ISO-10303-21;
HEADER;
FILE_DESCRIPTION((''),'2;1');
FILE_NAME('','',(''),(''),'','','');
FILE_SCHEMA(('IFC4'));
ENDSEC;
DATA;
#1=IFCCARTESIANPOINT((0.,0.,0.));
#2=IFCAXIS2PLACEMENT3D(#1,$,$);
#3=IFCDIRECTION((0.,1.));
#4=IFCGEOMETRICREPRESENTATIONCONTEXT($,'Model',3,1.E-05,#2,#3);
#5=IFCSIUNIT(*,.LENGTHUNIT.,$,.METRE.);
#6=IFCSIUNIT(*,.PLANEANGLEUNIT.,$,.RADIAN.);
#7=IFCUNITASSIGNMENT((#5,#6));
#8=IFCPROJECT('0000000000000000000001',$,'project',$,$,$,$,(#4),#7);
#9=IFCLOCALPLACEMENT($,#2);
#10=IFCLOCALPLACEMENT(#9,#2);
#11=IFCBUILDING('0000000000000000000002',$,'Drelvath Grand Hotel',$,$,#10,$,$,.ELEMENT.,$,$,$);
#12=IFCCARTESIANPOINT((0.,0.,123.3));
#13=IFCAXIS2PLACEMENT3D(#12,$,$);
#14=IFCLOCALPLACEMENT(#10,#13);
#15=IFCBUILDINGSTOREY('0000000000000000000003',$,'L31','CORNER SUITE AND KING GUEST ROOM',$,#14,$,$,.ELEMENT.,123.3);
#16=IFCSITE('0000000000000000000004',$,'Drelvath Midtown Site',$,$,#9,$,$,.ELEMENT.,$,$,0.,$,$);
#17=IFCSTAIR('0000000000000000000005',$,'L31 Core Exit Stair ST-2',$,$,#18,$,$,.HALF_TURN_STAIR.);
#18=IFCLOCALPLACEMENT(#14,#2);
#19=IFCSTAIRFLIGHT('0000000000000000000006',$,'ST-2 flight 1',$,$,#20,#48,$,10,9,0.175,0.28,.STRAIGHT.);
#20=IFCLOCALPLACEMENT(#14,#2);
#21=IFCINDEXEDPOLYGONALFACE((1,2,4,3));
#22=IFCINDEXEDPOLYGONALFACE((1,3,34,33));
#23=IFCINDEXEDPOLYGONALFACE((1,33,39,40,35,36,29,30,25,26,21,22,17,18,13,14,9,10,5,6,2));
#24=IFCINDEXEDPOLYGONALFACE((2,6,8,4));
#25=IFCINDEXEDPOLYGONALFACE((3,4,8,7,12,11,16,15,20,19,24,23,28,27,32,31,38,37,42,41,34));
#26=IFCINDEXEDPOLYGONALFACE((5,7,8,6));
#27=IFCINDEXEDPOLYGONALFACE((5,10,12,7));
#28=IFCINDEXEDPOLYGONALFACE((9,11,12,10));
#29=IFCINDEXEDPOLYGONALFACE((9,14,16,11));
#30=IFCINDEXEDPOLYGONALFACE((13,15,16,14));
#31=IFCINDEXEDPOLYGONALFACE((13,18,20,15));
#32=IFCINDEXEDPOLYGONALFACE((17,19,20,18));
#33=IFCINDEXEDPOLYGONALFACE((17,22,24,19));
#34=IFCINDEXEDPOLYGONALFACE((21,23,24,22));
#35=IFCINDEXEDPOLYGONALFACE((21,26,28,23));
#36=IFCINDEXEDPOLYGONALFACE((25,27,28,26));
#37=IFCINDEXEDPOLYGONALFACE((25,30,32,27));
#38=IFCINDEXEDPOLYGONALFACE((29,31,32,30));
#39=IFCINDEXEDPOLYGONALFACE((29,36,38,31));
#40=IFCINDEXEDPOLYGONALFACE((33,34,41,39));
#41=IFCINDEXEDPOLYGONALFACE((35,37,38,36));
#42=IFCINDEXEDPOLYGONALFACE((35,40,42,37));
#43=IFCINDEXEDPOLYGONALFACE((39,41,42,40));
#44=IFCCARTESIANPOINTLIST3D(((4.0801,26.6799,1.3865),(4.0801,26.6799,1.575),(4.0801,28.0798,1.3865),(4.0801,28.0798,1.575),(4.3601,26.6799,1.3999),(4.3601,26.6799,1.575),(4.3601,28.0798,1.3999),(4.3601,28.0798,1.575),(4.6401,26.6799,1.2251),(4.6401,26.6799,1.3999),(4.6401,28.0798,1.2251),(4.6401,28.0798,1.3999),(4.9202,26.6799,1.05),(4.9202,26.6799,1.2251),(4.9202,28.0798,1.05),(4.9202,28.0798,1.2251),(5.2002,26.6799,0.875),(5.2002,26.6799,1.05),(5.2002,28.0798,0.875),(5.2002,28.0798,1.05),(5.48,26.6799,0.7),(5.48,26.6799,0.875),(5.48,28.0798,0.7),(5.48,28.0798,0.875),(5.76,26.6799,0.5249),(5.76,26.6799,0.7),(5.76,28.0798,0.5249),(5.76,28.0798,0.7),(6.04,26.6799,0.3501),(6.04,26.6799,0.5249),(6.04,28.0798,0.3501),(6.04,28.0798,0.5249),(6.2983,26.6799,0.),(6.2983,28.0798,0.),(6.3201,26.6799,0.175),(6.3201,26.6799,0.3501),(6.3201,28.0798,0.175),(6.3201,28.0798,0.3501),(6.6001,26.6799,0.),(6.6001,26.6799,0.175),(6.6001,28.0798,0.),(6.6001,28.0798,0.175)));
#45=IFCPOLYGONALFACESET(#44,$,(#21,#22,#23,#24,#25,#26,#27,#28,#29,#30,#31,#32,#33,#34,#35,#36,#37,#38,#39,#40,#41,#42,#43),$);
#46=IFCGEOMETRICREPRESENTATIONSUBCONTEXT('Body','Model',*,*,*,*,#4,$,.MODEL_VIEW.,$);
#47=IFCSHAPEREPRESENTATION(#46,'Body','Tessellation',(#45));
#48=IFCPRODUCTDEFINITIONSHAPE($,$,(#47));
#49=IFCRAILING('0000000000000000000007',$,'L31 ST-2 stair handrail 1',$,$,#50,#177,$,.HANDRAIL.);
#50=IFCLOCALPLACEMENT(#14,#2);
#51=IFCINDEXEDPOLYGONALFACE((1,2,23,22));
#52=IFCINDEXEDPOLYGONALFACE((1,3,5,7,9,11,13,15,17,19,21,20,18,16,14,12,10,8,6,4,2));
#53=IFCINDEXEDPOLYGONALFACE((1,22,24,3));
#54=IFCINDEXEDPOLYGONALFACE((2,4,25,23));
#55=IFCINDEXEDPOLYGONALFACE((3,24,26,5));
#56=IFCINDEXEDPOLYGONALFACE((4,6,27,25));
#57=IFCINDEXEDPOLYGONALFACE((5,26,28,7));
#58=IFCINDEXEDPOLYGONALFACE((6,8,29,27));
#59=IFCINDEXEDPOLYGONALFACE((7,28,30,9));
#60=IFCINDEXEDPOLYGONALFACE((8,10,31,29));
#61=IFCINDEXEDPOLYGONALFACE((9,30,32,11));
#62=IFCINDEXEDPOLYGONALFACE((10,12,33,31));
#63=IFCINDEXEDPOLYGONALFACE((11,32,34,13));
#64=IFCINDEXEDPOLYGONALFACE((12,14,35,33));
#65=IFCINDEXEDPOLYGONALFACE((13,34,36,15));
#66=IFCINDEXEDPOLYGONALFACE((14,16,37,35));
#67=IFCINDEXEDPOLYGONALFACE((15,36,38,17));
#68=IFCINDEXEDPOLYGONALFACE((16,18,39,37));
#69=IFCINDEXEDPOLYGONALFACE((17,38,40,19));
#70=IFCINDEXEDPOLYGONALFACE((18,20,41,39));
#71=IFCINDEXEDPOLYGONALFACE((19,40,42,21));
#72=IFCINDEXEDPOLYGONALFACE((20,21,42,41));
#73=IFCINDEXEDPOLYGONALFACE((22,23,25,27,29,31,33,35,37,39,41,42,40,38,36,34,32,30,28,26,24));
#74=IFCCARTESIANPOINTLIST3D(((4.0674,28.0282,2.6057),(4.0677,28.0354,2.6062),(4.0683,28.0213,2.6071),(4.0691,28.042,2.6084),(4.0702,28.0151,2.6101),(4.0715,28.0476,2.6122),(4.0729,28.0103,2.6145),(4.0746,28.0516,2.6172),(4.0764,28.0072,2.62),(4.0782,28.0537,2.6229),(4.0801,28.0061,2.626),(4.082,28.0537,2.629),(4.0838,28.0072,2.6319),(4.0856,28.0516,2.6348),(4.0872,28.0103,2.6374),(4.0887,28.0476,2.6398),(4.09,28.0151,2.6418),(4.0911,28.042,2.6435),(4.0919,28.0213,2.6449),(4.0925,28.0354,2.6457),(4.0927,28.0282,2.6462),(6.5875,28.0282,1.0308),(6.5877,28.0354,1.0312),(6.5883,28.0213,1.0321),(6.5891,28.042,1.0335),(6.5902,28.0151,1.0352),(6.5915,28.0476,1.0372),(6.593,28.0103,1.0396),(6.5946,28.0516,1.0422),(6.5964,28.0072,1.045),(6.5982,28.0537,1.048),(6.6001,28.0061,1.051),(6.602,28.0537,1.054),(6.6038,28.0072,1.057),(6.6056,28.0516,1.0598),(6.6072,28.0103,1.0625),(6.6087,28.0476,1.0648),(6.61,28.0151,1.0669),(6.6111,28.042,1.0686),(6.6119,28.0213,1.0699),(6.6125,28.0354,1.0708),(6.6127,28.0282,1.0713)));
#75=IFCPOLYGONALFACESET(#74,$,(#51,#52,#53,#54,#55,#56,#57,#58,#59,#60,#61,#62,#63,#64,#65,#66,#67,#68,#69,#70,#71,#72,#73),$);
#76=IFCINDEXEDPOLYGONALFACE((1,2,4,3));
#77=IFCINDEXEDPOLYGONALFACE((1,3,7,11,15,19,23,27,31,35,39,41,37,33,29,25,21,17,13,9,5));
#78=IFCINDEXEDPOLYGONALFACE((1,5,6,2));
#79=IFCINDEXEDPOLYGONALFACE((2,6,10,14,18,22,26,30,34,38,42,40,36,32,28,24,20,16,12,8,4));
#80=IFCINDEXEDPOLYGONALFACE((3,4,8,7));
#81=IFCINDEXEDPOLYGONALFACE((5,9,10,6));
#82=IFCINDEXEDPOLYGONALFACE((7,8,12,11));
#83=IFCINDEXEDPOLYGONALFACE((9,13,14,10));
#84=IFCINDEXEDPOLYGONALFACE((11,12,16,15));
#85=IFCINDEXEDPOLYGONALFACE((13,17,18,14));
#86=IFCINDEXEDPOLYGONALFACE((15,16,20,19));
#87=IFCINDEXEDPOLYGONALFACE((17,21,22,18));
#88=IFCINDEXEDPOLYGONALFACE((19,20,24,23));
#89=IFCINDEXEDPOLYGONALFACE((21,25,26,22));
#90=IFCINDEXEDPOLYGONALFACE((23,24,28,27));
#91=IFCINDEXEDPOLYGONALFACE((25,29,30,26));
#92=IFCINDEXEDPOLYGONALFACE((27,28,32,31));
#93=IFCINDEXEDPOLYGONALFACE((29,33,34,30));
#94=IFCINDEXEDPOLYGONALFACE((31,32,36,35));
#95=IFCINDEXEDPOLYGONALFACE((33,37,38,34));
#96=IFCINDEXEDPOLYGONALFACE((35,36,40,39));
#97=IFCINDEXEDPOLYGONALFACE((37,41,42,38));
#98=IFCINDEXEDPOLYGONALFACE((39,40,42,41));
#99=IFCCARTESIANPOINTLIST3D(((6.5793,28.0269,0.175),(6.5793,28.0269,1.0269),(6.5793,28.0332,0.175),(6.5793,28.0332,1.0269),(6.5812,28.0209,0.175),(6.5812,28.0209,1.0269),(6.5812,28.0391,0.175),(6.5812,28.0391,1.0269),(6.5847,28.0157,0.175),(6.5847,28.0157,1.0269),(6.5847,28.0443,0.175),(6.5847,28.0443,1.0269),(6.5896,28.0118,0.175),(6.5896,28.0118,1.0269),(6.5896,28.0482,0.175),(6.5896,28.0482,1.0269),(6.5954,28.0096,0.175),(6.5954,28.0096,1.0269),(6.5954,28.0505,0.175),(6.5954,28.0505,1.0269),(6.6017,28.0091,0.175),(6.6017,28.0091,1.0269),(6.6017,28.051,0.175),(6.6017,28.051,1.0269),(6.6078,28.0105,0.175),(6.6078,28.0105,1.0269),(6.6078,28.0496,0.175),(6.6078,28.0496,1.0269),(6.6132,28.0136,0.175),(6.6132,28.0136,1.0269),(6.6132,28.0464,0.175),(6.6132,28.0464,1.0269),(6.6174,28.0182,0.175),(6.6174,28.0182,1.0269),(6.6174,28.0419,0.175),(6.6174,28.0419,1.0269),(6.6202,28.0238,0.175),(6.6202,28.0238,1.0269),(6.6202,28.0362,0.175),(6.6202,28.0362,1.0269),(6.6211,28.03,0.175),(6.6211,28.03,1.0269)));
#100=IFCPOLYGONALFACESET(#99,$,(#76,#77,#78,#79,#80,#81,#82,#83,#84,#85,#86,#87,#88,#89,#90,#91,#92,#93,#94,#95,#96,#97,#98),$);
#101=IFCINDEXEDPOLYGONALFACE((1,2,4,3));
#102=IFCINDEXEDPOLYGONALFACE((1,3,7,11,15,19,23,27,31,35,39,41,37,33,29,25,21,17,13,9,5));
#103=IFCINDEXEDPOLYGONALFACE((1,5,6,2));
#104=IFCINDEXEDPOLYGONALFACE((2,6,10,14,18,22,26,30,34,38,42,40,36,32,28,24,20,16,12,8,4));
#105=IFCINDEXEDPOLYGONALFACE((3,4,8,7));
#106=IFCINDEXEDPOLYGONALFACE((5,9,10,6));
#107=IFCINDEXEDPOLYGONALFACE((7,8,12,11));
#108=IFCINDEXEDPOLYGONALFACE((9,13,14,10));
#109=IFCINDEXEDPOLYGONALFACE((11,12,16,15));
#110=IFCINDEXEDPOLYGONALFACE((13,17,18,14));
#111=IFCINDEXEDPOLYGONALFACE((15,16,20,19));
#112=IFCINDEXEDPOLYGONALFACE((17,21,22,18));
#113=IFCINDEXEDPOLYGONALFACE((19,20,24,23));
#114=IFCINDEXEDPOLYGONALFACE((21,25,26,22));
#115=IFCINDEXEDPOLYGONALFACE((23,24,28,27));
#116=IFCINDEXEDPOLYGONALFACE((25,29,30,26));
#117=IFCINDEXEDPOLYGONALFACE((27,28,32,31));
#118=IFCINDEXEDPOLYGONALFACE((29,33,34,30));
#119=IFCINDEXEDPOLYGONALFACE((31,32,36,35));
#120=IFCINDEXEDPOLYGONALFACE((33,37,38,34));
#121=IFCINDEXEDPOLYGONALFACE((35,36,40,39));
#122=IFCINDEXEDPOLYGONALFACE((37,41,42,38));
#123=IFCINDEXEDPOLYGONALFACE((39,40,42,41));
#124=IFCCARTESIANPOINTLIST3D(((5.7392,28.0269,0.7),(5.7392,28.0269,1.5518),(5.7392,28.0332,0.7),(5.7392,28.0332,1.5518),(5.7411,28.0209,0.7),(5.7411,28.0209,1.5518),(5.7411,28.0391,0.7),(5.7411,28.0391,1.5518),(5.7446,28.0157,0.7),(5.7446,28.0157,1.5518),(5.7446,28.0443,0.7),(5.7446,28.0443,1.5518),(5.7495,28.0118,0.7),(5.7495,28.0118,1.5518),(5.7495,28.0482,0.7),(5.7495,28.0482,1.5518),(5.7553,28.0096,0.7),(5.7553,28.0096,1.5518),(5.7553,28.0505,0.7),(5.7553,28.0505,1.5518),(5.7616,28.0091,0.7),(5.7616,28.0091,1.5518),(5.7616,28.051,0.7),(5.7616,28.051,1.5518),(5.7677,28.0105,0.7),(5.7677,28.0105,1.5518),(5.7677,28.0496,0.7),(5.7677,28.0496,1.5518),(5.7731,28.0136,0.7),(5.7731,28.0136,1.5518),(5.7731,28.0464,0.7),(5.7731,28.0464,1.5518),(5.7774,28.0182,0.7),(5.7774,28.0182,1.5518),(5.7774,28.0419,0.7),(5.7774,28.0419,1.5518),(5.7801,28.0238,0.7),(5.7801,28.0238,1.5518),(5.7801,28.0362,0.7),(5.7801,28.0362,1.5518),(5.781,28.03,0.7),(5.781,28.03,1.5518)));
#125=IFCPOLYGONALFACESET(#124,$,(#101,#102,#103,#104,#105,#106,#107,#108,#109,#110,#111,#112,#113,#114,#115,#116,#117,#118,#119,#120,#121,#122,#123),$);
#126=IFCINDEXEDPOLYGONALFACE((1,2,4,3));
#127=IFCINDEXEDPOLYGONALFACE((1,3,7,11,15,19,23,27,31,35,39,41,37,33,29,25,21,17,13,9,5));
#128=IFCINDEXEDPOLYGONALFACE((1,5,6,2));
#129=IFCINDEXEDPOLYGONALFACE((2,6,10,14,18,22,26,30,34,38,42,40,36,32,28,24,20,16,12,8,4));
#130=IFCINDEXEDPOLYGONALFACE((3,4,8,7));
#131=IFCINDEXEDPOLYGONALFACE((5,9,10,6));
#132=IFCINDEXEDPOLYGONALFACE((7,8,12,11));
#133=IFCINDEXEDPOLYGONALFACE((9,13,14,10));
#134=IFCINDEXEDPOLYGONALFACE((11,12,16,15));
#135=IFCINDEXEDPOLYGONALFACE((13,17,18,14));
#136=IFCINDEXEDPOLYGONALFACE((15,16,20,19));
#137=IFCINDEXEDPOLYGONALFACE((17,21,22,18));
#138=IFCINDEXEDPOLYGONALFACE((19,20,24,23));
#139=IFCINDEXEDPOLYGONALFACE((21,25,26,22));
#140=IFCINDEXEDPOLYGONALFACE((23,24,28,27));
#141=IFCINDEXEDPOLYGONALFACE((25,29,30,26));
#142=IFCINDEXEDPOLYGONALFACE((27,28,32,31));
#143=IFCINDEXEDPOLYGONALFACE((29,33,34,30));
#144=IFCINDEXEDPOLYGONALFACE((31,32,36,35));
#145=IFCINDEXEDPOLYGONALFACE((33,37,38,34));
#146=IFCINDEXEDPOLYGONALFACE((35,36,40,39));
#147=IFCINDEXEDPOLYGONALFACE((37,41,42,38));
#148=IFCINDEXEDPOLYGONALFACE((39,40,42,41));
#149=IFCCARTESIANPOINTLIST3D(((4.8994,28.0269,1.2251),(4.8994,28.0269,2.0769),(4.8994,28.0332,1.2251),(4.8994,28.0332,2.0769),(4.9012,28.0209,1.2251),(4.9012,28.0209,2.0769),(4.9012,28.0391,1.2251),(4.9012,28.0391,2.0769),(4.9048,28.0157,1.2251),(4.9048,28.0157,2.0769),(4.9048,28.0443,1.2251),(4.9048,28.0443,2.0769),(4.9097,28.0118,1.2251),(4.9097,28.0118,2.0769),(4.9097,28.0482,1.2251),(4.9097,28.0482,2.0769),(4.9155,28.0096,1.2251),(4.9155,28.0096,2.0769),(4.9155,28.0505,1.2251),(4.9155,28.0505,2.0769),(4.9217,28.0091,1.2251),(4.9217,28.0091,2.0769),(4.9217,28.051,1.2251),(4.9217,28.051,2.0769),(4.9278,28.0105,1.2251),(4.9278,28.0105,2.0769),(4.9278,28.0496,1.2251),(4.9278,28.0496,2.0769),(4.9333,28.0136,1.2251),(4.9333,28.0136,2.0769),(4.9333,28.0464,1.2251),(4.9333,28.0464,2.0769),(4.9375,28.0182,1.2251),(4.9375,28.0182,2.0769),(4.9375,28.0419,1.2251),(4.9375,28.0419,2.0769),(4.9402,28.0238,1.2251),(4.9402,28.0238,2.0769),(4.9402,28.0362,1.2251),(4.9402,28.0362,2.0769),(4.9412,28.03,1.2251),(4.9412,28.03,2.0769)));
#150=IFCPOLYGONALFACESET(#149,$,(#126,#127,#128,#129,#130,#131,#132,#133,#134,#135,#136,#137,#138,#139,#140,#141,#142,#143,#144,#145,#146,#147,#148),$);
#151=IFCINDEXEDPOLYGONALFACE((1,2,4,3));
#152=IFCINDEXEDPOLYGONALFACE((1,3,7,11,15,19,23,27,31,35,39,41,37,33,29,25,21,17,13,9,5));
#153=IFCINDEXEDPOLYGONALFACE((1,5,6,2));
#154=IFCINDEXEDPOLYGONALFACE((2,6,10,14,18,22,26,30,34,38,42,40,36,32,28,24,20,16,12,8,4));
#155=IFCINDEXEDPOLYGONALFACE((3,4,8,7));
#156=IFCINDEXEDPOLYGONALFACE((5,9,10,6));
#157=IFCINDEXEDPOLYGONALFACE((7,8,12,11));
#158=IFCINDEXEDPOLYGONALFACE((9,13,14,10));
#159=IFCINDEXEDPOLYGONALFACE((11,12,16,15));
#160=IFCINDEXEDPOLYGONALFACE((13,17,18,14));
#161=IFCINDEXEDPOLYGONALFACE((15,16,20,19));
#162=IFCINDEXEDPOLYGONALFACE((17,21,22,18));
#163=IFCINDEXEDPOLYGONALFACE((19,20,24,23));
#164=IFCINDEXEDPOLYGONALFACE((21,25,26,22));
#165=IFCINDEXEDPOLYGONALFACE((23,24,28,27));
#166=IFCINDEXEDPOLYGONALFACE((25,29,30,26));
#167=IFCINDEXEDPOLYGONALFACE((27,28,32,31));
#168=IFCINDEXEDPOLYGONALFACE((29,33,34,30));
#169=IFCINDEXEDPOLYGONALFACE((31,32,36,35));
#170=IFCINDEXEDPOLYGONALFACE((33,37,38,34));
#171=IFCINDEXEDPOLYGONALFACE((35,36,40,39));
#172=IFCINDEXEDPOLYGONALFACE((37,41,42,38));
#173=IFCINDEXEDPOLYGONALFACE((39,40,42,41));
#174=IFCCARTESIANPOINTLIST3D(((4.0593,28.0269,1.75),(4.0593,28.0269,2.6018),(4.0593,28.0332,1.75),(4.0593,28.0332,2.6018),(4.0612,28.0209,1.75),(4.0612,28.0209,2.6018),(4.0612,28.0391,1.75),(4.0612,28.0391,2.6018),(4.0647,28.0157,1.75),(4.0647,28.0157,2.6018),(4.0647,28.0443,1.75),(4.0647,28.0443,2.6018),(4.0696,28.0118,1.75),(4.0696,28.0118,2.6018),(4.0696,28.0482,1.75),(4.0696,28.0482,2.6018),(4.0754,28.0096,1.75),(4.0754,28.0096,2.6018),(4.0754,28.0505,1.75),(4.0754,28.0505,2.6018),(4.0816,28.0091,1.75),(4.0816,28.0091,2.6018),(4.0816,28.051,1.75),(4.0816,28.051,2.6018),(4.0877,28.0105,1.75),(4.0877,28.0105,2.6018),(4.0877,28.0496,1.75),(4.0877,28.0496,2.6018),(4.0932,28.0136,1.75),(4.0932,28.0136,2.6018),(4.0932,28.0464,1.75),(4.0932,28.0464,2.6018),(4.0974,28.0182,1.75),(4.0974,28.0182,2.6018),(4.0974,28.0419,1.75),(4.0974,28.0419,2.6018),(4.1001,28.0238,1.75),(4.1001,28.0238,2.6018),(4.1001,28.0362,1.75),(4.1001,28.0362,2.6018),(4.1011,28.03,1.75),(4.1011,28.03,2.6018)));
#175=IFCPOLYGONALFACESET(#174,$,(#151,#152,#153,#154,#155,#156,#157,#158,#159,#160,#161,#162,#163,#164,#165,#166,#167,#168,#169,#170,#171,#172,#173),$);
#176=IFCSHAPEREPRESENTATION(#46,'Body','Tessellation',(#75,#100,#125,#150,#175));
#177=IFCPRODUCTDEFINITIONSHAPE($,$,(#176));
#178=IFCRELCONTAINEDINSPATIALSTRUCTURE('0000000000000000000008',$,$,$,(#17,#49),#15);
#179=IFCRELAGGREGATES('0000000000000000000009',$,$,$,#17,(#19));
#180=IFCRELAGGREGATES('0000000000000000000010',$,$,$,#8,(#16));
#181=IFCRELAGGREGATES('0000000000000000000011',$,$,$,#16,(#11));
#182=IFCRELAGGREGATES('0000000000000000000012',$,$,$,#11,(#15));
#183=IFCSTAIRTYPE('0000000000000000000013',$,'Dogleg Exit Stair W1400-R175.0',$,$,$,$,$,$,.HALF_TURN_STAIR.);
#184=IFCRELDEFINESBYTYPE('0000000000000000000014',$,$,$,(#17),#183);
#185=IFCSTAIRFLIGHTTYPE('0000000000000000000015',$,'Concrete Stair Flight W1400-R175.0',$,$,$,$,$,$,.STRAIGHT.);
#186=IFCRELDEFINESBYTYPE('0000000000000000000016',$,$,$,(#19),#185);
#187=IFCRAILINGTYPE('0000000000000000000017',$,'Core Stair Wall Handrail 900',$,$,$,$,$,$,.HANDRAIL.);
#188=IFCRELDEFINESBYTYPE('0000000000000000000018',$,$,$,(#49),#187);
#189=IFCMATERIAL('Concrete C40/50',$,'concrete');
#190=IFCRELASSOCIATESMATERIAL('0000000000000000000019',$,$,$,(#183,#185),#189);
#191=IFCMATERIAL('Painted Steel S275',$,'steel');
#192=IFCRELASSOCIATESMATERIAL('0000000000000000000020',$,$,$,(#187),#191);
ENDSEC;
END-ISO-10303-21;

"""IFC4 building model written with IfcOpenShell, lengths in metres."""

from ifc_helpers import new_model, si_unit, direction, frame, origin, origin_2d, place, context, subcontext, project, spatial, polyline, circle, outline, extrude, material, type_object, element, aggregate, save


model = new_model("IFC4")

# Units and contexts
model_context = context("Model", 3, precision=1e-05, world=origin(), true_north=direction((0.0, 1.0)))
body_context = subcontext(model_context, "Body", "Model", "MODEL_VIEW")
ifc_project = project(units=[si_unit("LENGTHUNIT", "METRE"), si_unit("PLANEANGLEUNIT", "RADIAN")], contexts=[model_context])

# Site, building, storey
site_placement = place(None, origin())
site = spatial("IfcSite", under=ifc_project, at=site_placement, Name="Drelvath Midtown Site", CompositionType="ELEMENT", RefElevation=0.0)
building_placement = place(site_placement, origin())
building = spatial("IfcBuilding", under=site, at=building_placement, Name="Drelvath Grand Hotel", CompositionType="ELEMENT")
storey_placement = place(building_placement, frame((0.0, 0.0, 123.3)))
storey = spatial("IfcBuildingStorey", under=building, at=storey_placement, Name="L31", Description="CORNER SUITE AND KING GUEST ROOM", CompositionType="ELEMENT", Elevation=123.3)

# Shared definitions
ifc_material_1 = material(Name="Concrete C40/50", Category="concrete")

# Shared definitions
ifc_material_2 = material(Name="Painted Steel S275", Category="steel")

# Stair, stair flight
stair_type = type_object("IfcStairType", Name="Dogleg Exit Stair W1400-R175.0", PredefinedType="HALF_TURN_STAIR", material=ifc_material_1)
stair_placement = place(storey_placement, origin())
stair = element("IfcStair", 1, at=stair_placement, inside=storey, type_object=stair_type, Name="L31 Core Exit Stair ST-2", PredefinedType="HALF_TURN_STAIR")
stair_flight_type = type_object("IfcStairFlightType", Name="Concrete Stair Flight W1400-R175.0", PredefinedType="STRAIGHT", material=ifc_material_1)
stair_flight_placement = place(storey_placement, frame((6.6001, 27.3799, 0.0), z_axis=(0.0, 0.0, 1.0), x_axis=(-1.0, 0.0, 0.0)))
stair_flight = element("IfcStairFlight", 2, at=stair_flight_placement, type_object=stair_flight_type, Name="ST-2 flight 1", NumberOfRisers=10, NumberOfTreads=9, PredefinedType="STRAIGHT", RiserHeight=0.175, TreadLength=0.28, context=body_context, shape_type="SweptSolid", body=[
    extrude(outline(polyline([(0.0, 0.0), (0.0, 0.175), (0.28, 0.175), (0.28, 0.3501), (0.5601, 0.3501), (0.5601, 0.5249), (0.8401, 0.5249), (0.8401, 0.7), (1.1201, 0.7), (1.1201, 0.875), (1.3999, 0.875), (1.3999, 1.05), (1.6799, 1.05), (1.6799, 1.2251), (1.96, 1.2251), (1.96, 1.3999), (2.24, 1.3999), (2.24, 1.575), (2.52, 1.575), (2.52, 1.75), (2.52, 1.3865), (0.3018, 0.0), (0.0, 0.0)])), frame((0.0, 0.7, 0.0), z_axis=(0.0, -1.0, 0.0), x_axis=(1.0, 0.0, 0.0)), (0.0, 0.0, 1.0), 1.3999),
])
aggregate(stair, [stair_flight])

# Railing
railing_type_1 = type_object("IfcRailingType", Name="Core Stair Wall Handrail 900", PredefinedType="HANDRAIL", material=ifc_material_2)
railing_1_placement = place(storey_placement, frame((6.6001, 28.03, 0.175)))
element("IfcRailing", 3, at=railing_1_placement, inside=storey, type_object=railing_type_1, Name="L31 ST-2 stair handrail 1", PredefinedType="HANDRAIL", context=body_context, shape_type="SweptSolid", body=[
    extrude(circle(Radius=0.0239, at=origin_2d()), frame((0.0, 0.0, 0.876), z_axis=(-0.848008, 0.0, 0.529984), x_axis=(0.0, -1.0, 0.0)), (0.0, 0.0, 1.0), 2.9717),
    extrude(circle(Radius=0.021, at=origin_2d()), origin(), (0.0, 0.0, 1.0), 0.8518),
    extrude(circle(Radius=0.021, at=origin_2d()), frame((-0.8401, 0.0, 0.5249)), (0.0, 0.0, 1.0), 0.8518),
    extrude(circle(Radius=0.021, at=origin_2d()), frame((-1.6799, 0.0, 1.05)), (0.0, 0.0, 1.0), 0.8518),
    extrude(circle(Radius=0.021, at=origin_2d()), frame((-2.52, 0.0, 1.575)), (0.0, 0.0, 1.0), 0.8518),
])

save(model, "model.ifc")
